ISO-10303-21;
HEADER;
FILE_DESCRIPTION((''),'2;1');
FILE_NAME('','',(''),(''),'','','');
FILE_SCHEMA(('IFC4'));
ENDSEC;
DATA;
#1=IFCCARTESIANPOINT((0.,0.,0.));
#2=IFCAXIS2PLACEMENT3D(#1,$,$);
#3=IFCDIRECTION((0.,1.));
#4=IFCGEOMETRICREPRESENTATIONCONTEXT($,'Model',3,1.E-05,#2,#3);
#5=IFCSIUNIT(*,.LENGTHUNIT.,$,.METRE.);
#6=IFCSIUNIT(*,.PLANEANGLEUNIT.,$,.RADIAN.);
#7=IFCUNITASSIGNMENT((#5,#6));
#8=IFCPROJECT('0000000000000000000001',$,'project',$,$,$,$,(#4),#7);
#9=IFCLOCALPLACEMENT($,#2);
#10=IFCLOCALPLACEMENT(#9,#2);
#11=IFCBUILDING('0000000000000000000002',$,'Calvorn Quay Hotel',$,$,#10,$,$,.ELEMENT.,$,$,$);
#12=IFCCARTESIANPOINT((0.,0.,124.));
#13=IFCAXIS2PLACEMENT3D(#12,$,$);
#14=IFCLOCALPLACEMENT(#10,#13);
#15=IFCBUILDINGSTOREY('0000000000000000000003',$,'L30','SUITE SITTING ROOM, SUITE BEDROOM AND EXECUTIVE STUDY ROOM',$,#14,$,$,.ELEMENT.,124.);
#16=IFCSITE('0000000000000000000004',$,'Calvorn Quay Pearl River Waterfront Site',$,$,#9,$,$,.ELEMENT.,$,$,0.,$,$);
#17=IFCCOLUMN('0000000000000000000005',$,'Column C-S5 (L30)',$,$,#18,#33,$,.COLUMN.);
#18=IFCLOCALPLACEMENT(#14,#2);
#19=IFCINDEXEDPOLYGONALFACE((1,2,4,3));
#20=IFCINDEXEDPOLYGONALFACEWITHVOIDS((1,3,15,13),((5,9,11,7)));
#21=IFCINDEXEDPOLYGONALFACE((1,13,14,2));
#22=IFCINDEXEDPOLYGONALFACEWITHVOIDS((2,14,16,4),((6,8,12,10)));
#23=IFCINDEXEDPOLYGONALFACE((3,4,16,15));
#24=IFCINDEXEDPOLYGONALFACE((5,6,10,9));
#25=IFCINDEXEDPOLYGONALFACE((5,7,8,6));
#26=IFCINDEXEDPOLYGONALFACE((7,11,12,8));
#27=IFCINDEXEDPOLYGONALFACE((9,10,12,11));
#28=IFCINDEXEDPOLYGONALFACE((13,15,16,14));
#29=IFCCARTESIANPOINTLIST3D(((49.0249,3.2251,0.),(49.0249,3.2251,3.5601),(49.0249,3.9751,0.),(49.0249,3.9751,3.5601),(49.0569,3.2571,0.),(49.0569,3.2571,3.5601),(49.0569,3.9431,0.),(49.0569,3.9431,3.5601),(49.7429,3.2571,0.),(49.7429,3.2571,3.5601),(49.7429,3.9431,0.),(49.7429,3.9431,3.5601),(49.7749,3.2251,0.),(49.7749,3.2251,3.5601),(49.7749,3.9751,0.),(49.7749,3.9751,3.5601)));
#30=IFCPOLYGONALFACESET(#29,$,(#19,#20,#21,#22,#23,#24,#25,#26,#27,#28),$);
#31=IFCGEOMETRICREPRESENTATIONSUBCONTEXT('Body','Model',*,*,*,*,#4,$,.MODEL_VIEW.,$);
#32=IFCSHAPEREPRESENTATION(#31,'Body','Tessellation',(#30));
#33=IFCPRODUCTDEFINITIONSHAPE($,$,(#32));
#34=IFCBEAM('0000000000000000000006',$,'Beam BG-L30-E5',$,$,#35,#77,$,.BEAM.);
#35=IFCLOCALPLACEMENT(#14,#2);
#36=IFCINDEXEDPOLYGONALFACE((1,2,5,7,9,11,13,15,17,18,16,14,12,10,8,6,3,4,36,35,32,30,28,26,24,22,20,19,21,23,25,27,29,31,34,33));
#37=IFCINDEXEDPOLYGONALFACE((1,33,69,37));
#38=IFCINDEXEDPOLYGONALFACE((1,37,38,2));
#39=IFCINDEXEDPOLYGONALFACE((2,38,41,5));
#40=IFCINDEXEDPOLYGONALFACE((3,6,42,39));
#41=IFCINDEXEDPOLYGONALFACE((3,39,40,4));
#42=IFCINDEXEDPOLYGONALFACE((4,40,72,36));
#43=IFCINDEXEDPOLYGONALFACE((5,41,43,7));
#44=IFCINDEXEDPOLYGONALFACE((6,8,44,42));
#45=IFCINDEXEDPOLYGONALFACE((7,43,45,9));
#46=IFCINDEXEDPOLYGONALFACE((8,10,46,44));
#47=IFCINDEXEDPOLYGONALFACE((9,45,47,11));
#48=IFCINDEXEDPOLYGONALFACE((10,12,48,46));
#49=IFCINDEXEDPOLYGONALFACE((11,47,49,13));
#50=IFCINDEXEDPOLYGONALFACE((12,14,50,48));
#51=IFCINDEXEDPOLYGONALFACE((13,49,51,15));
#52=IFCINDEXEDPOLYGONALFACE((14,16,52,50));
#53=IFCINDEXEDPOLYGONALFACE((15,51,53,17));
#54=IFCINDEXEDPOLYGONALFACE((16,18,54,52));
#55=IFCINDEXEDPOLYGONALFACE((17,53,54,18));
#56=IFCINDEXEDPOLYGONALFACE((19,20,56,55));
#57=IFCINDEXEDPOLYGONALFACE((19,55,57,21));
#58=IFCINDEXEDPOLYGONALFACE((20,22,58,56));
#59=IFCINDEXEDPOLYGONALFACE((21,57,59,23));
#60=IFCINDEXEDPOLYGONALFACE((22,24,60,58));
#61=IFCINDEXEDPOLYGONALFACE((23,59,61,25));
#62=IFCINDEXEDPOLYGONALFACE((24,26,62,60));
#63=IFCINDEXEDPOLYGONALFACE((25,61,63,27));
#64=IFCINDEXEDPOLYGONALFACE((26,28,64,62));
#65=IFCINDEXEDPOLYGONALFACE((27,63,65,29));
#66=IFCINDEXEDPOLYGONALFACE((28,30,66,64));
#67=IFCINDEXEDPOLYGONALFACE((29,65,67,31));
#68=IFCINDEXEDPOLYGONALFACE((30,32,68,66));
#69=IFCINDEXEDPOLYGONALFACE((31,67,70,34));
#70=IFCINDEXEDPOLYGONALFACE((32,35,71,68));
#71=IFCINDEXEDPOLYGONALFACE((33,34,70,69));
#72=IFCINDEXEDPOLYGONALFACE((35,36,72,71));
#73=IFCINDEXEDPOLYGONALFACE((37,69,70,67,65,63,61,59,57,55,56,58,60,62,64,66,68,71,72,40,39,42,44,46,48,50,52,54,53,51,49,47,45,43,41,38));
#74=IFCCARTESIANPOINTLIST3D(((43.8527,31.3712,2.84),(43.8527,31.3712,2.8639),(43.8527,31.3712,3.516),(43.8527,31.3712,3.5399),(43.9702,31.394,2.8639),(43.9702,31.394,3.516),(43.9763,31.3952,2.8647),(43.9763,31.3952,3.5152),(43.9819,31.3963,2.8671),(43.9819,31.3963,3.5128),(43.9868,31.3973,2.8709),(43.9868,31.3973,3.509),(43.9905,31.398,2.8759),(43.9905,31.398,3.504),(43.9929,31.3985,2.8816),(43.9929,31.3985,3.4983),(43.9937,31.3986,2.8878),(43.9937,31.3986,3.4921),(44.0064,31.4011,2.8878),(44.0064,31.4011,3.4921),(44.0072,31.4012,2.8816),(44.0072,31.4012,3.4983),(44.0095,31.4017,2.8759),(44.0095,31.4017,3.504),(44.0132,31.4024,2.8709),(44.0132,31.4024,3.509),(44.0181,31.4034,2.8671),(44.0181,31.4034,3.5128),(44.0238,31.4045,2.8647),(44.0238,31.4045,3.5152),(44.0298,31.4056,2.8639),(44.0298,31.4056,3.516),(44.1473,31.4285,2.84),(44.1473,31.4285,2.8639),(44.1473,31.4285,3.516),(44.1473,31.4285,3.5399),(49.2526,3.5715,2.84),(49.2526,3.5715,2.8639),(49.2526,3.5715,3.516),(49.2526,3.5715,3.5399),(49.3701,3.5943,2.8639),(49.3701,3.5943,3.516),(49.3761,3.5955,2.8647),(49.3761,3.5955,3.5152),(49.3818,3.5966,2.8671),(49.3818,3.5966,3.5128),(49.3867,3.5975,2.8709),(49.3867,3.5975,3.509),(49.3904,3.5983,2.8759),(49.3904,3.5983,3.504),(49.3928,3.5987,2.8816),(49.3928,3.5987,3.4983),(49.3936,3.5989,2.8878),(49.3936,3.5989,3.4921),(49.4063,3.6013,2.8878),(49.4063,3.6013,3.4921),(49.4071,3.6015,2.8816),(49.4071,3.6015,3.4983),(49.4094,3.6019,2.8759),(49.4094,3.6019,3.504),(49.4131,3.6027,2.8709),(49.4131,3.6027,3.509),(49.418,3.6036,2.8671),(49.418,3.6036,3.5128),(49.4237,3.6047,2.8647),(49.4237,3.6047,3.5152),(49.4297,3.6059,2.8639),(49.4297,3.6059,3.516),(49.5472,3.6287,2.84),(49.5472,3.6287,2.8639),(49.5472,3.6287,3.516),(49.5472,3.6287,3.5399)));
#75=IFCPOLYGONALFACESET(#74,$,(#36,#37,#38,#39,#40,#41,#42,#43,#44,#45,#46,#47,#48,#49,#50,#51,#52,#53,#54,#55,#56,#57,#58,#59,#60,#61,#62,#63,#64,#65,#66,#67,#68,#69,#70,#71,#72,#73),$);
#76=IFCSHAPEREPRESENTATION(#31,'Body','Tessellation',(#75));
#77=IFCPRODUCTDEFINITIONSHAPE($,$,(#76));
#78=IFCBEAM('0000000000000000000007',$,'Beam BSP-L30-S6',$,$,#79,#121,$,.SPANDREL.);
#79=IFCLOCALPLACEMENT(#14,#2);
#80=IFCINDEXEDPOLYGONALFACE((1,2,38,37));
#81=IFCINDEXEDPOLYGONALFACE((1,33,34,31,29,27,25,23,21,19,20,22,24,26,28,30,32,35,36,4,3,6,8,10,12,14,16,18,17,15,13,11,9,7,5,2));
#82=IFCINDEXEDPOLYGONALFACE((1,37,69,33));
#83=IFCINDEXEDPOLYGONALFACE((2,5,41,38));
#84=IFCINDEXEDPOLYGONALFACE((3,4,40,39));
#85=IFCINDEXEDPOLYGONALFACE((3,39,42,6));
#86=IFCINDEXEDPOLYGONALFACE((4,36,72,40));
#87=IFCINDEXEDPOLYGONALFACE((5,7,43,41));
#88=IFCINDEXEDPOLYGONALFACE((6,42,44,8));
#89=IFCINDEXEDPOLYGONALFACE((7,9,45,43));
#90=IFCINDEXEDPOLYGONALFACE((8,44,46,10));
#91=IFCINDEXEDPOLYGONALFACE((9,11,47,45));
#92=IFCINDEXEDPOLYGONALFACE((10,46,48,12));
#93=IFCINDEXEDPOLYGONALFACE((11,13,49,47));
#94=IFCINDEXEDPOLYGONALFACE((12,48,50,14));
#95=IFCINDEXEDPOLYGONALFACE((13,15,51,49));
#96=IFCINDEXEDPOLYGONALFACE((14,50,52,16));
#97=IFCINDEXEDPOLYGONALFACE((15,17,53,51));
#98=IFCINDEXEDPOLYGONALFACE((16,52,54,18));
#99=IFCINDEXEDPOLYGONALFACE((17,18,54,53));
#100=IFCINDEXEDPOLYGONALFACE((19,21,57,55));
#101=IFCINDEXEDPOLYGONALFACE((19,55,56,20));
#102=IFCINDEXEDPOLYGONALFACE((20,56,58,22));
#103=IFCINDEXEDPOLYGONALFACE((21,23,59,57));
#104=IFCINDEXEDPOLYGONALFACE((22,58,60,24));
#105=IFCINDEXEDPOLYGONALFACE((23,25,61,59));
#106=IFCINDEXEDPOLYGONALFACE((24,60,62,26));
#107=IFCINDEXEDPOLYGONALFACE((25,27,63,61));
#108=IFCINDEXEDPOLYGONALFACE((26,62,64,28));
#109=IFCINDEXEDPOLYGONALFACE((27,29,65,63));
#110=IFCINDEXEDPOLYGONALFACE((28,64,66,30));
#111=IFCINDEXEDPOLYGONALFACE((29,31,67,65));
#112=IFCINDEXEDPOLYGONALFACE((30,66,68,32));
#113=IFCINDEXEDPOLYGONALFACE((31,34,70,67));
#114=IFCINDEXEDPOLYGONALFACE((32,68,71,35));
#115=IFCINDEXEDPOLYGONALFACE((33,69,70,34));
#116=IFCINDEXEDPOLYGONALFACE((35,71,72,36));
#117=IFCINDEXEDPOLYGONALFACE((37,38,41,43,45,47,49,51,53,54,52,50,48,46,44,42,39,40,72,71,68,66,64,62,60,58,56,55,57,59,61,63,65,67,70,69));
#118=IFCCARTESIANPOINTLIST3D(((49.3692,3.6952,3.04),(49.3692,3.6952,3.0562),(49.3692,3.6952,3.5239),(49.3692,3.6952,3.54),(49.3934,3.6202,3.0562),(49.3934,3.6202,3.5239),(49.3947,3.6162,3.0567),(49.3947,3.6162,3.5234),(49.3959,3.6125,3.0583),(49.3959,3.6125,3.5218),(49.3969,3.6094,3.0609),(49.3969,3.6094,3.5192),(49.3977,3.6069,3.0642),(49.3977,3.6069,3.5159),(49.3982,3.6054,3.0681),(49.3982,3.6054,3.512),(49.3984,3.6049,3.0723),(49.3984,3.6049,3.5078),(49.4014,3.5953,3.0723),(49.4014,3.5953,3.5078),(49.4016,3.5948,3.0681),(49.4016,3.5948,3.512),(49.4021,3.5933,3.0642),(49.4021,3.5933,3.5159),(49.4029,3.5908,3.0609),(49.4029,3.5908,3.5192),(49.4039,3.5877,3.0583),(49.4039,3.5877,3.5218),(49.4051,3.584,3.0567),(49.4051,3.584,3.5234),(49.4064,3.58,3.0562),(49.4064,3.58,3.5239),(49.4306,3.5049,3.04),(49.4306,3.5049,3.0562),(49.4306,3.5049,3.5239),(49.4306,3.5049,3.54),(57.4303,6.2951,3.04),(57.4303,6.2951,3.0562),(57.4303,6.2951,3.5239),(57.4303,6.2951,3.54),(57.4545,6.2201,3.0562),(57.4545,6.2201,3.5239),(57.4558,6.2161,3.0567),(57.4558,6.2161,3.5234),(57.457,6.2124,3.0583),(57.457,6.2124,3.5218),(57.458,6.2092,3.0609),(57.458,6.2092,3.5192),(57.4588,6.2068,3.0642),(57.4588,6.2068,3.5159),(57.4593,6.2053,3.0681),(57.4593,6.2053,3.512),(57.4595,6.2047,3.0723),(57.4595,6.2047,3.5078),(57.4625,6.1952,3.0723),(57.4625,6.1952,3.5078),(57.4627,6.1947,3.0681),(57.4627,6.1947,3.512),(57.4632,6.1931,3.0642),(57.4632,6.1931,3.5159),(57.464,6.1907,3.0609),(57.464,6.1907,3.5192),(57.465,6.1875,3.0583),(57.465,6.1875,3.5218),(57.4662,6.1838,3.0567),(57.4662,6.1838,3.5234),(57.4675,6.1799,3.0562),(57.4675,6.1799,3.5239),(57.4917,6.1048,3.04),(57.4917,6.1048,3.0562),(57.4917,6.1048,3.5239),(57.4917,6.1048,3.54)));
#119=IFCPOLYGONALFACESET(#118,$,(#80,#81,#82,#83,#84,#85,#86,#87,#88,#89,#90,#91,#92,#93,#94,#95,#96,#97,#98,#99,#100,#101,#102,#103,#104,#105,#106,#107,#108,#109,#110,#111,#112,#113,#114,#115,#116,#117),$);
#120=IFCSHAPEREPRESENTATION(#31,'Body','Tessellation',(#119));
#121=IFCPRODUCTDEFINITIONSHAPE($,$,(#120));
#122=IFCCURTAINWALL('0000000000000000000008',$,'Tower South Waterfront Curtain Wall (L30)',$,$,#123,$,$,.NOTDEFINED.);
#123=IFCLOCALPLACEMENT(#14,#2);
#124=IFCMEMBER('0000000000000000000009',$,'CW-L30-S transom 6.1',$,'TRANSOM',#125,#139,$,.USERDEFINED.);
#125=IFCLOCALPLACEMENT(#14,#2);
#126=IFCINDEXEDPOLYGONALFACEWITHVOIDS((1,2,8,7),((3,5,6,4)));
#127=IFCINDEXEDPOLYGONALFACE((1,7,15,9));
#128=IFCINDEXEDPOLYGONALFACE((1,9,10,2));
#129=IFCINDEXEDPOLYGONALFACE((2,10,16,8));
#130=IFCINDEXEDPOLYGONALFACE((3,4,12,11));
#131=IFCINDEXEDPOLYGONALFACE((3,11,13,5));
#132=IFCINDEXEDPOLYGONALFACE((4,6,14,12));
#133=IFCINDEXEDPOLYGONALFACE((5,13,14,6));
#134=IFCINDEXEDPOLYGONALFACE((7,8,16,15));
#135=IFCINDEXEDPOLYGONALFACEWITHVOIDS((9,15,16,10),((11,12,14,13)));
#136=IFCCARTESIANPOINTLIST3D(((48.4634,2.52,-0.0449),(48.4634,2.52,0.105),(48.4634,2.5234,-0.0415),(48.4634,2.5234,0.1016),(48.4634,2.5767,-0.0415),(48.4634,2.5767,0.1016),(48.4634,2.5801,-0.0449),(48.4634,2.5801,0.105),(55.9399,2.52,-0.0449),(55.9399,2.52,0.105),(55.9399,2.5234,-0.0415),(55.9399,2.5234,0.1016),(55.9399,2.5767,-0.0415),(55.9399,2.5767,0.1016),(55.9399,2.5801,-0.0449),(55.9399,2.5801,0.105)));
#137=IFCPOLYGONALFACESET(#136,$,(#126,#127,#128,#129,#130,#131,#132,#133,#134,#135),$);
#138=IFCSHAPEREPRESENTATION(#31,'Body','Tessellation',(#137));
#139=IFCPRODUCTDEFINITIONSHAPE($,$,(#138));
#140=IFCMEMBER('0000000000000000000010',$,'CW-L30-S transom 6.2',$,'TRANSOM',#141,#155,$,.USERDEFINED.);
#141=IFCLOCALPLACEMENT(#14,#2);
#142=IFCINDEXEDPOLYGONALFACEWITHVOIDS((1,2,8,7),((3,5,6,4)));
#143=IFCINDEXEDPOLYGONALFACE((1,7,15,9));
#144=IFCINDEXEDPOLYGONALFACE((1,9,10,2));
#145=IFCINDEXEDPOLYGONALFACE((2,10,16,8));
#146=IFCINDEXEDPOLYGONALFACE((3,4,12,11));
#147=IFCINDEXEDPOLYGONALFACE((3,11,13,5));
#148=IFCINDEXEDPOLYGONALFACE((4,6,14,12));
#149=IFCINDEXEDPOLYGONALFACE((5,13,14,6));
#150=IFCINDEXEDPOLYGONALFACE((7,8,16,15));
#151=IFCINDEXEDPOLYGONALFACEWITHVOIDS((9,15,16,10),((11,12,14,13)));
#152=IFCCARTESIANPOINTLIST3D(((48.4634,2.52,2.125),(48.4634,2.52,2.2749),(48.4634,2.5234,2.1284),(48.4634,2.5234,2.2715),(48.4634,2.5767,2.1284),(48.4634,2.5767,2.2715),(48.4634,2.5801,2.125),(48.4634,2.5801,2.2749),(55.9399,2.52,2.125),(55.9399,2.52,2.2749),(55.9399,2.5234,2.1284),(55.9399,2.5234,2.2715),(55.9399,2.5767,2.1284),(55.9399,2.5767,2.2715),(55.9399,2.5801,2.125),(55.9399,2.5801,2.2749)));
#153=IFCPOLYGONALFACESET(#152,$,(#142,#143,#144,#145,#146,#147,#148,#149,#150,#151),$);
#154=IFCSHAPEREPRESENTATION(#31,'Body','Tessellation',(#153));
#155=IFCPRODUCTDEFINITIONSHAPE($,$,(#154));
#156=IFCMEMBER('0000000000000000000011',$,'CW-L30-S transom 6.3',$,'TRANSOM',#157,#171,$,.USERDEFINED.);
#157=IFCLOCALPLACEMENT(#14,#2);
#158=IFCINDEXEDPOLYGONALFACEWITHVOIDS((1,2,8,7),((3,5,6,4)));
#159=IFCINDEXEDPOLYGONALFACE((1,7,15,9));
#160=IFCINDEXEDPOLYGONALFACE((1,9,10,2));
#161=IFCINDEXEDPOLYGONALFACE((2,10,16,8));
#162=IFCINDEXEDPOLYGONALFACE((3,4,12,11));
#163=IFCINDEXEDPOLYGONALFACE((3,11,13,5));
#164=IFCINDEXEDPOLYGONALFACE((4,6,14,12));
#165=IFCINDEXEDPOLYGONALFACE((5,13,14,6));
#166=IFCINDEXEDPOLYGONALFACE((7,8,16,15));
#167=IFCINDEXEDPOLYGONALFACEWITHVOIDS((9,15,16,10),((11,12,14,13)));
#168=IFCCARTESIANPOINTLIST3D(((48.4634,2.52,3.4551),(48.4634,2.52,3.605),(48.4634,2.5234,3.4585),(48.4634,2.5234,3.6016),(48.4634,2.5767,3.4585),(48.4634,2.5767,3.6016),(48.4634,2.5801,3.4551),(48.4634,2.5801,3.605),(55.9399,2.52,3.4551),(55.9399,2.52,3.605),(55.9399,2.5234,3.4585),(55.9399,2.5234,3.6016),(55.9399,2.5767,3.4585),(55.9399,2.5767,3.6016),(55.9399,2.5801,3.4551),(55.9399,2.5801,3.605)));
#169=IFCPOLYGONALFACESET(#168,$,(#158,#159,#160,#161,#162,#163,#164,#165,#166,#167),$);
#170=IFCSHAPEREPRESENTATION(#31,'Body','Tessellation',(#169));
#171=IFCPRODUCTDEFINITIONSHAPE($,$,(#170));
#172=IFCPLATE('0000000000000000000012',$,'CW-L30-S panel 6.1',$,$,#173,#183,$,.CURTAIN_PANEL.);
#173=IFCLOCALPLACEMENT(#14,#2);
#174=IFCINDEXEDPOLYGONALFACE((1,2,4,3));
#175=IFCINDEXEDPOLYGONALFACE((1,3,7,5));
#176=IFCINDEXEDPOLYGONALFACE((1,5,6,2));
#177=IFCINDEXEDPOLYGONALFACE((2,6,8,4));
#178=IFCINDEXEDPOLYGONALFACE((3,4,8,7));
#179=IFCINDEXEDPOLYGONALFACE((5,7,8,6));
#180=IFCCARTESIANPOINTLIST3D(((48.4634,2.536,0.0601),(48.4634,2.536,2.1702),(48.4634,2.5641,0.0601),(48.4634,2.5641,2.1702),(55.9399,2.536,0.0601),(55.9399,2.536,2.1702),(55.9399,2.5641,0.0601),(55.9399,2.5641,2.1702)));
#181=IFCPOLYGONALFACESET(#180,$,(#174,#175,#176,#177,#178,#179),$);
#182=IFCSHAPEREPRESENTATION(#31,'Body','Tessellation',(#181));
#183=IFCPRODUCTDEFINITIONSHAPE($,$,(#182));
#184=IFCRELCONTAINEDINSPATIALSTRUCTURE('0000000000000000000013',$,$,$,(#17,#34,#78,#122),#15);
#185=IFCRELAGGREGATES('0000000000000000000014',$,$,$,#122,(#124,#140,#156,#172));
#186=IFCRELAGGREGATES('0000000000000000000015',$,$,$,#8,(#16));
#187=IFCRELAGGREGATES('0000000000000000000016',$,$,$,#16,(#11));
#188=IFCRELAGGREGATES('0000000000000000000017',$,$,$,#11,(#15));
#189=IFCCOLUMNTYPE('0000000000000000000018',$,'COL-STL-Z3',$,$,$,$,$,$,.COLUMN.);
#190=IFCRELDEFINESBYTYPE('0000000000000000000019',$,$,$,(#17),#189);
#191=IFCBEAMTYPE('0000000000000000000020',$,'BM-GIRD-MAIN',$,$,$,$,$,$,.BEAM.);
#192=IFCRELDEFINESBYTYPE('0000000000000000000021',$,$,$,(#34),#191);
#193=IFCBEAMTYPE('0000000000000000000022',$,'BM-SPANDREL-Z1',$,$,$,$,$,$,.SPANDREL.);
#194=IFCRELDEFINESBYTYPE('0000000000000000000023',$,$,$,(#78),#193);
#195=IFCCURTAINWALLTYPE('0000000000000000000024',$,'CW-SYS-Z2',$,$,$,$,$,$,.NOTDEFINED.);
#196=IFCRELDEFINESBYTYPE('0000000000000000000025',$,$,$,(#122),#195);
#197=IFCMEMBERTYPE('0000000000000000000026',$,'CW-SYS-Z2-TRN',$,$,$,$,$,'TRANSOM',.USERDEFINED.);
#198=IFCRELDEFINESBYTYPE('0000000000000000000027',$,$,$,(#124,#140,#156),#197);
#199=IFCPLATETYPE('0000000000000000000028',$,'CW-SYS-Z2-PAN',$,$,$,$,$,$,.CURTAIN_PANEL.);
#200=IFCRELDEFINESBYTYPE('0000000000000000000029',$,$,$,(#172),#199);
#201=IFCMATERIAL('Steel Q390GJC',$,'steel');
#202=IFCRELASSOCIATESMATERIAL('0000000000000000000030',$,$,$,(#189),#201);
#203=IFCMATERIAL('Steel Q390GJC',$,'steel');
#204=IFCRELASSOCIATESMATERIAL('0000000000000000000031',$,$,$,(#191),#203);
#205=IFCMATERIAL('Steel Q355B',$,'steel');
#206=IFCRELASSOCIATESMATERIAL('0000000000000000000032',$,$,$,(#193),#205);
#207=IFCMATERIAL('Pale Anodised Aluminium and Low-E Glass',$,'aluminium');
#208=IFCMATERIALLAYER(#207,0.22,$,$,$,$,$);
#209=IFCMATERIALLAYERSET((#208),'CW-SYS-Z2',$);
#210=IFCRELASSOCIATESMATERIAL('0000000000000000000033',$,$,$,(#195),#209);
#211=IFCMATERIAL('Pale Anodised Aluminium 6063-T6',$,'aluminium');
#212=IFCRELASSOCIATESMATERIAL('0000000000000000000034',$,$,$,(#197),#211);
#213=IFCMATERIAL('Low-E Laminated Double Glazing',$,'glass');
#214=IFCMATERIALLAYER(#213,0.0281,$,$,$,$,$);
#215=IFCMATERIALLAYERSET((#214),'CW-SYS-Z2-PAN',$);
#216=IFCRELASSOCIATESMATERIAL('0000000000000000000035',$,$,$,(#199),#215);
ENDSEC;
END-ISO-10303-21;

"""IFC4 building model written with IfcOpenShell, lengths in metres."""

from ifc_helpers import new_model, si_unit, direction, frame, origin, origin_2d, place, context, subcontext, project, spatial, rectangle, hollow_rectangle, i_section, extrude, material, layer, layer_set, material_profile, profile_set, type_object, element, aggregate, save


model = new_model("IFC4")

# Units and contexts
model_context = context("Model", 3, precision=1e-05, world=origin(), true_north=direction((0.0, 1.0)))
body_context = subcontext(model_context, "Body", "Model", "MODEL_VIEW")
ifc_project = project(units=[si_unit("LENGTHUNIT", "METRE"), si_unit("PLANEANGLEUNIT", "RADIAN")], contexts=[model_context])

# Site, building, storey
site_placement = place(None, origin())
site = spatial("IfcSite", under=ifc_project, at=site_placement, Name="Calvorn Quay Pearl River Waterfront Site", CompositionType="ELEMENT", RefElevation=0.0)
building_placement = place(site_placement, origin())
building = spatial("IfcBuilding", under=site, at=building_placement, Name="Calvorn Quay Hotel", CompositionType="ELEMENT")
storey_placement = place(building_placement, frame((0.0, 0.0, 124.0)))
storey = spatial("IfcBuildingStorey", under=building, at=storey_placement, Name="L30", Description="SUITE SITTING ROOM, SUITE BEDROOM AND EXECUTIVE STUDY ROOM", CompositionType="ELEMENT", Elevation=124.0)

# Column
ifc_material_1 = material(Name="Steel Q390GJC", Category="steel")
ifc_material_profile_1 = material_profile(ifc_material_1, hollow_rectangle(XDim=0.75, YDim=0.75, WallThickness=0.032, at=origin_2d()), Name="BOX750x750x32")
ifc_profile_set_1 = profile_set([ifc_material_profile_1], Name="Steel Q390GJC")
column_type = type_object("IfcColumnType", Name="COL-STL-Z3", PredefinedType="COLUMN", material=ifc_profile_set_1)
column_placement = place(storey_placement, frame((49.3999, 3.6001, 0.0), z_axis=(0.0, 0.0, 1.0), x_axis=(1.0, 0.0, 0.0)))
element("IfcColumn", 1, at=column_placement, inside=storey, type_object=column_type, Name="Column C-S5 (L30)", PredefinedType="COLUMN", context=body_context, shape_type="SweptSolid", body=[
    extrude(hollow_rectangle(XDim=0.75, YDim=0.75, WallThickness=0.032, at=origin_2d()), origin(), (0.0, 0.0, 1.0), 3.5601),
])

# Beams
ifc_material_2 = material(Name="Steel Q390GJC", Category="steel")
ifc_material_profile_2 = material_profile(ifc_material_2, i_section(OverallWidth=0.3, OverallDepth=0.7, WebThickness=0.0129, FlangeThickness=0.0239, FilletRadius=0.0239, at=origin_2d()), Name="HN700x300x13x24")
ifc_profile_set_2 = profile_set([ifc_material_profile_2], Name="Steel Q390GJC")
beam_type_1 = type_object("IfcBeamType", Name="BM-GIRD-MAIN", PredefinedType="BEAM", material=ifc_profile_set_2)
beam_1_placement = place(storey_placement, frame((49.3999, 3.6001, 3.1899), z_axis=(-0.190679, 0.981653, 0.0), x_axis=(-0.981653, -0.190679, 0.0)))
element("IfcBeam", 2, at=beam_1_placement, inside=storey, type_object=beam_type_1, Name="Beam BG-L30-E5", PredefinedType="BEAM", context=body_context, shape_type="SweptSolid", body=[
    extrude(i_section(OverallWidth=0.3, OverallDepth=0.7, WebThickness=0.0129, FlangeThickness=0.0239, FilletRadius=0.0239, at=origin_2d()), origin(), (0.0, 0.0, 1.0), 28.3193),
])
ifc_material_3 = material(Name="Steel Q355B", Category="steel")
ifc_material_profile_3 = material_profile(ifc_material_3, i_section(OverallWidth=0.2, OverallDepth=0.5, WebThickness=0.01, FlangeThickness=0.0161, FilletRadius=0.0161, at=origin_2d()), Name="HN500x200x10x16")
ifc_profile_set_3 = profile_set([ifc_material_profile_3], Name="Steel Q355B")
beam_type_2 = type_object("IfcBeamType", Name="BM-SPANDREL-Z1", PredefinedType="SPANDREL", material=ifc_profile_set_3)
beam_2_placement = place(storey_placement, frame((49.3999, 3.6001, 3.29), z_axis=(0.951725, 0.306951, 0.0), x_axis=(-0.306951, 0.951725, 0.0)))
element("IfcBeam", 3, at=beam_2_placement, inside=storey, type_object=beam_type_2, Name="Beam BSP-L30-S6", PredefinedType="SPANDREL", context=body_context, shape_type="SweptSolid", body=[
    extrude(i_section(OverallWidth=0.2, OverallDepth=0.5, WebThickness=0.01, FlangeThickness=0.0161, FilletRadius=0.0161, at=origin_2d()), origin(), (0.0, 0.0, 1.0), 8.47),
])

# Curtain wall, members, plate
ifc_material_4 = material(Name="Pale Anodised Aluminium and Low-E Glass", Category="aluminium")
ifc_layer_1 = layer(ifc_material_4, 0.22)
ifc_layer_set_1 = layer_set([ifc_layer_1], Name="CW-SYS-Z2")
curtain_wall_type = type_object("IfcCurtainWallType", Name="CW-SYS-Z2", PredefinedType="NOTDEFINED", material=ifc_layer_set_1)
curtain_wall_placement = place(storey_placement, origin())
curtain_wall = element("IfcCurtainWall", 4, at=curtain_wall_placement, inside=storey, type_object=curtain_wall_type, Name="Tower South Waterfront Curtain Wall (L30)", PredefinedType="NOTDEFINED")
ifc_material_5 = material(Name="Pale Anodised Aluminium 6063-T6", Category="aluminium")
ifc_material_profile_4 = material_profile(ifc_material_5, hollow_rectangle(XDim=0.0601, YDim=0.1499, WallThickness=0.0034, at=origin_2d()), Name="ALU-T150x60x3.5")
ifc_profile_set_4 = profile_set([ifc_material_profile_4], Name="Pale Anodised Aluminium 6063-T6")
member_type = type_object("IfcMemberType", Name="CW-SYS-Z2-TRN", ElementType="TRANSOM", PredefinedType="USERDEFINED", material=ifc_profile_set_4)
member_1_placement = place(storey_placement, frame((48.4634, 2.55, 0.03), z_axis=(1.0, 0.0, 0.0), x_axis=(0.0, 1.0, 0.0)))
member_1 = element("IfcMember", 5, at=member_1_placement, type_object=member_type, Name="CW-L30-S transom 6.1", ObjectType="TRANSOM", PredefinedType="USERDEFINED", context=body_context, shape_type="SweptSolid", body=[
    extrude(hollow_rectangle(XDim=0.0601, YDim=0.1499, WallThickness=0.0034, at=origin_2d()), origin(), (0.0, 0.0, 1.0), 7.4766),
])
member_2_placement = place(storey_placement, frame((48.4634, 2.55, 2.2), z_axis=(1.0, 0.0, 0.0), x_axis=(0.0, 1.0, 0.0)))
member_2 = element("IfcMember", 6, at=member_2_placement, type_object=member_type, Name="CW-L30-S transom 6.2", ObjectType="TRANSOM", PredefinedType="USERDEFINED", context=body_context, shape_type="SweptSolid", body=[
    extrude(hollow_rectangle(XDim=0.0601, YDim=0.1499, WallThickness=0.0034, at=origin_2d()), origin(), (0.0, 0.0, 1.0), 7.4766),
])
member_3_placement = place(storey_placement, frame((48.4634, 2.55, 3.53), z_axis=(1.0, 0.0, 0.0), x_axis=(0.0, 1.0, 0.0)))
member_3 = element("IfcMember", 7, at=member_3_placement, type_object=member_type, Name="CW-L30-S transom 6.3", ObjectType="TRANSOM", PredefinedType="USERDEFINED", context=body_context, shape_type="SweptSolid", body=[
    extrude(hollow_rectangle(XDim=0.0601, YDim=0.1499, WallThickness=0.0034, at=origin_2d()), origin(), (0.0, 0.0, 1.0), 7.4766),
])
ifc_material_6 = material(Name="Low-E Laminated Double Glazing", Category="glass")
ifc_layer_2 = layer(ifc_material_6, 0.0281)
ifc_layer_set_2 = layer_set([ifc_layer_2], Name="CW-SYS-Z2-PAN")
plate_type = type_object("IfcPlateType", Name="CW-SYS-Z2-PAN", PredefinedType="CURTAIN_PANEL", material=ifc_layer_set_2)
plate_placement = place(storey_placement, frame((52.2017, 2.55, 0.0601), z_axis=(0.0, 0.0, 1.0), x_axis=(1.0, 0.0, 0.0)))
plate = element("IfcPlate", 8, at=plate_placement, type_object=plate_type, Name="CW-L30-S panel 6.1", PredefinedType="CURTAIN_PANEL", context=body_context, shape_type="SweptSolid", body=[
    extrude(rectangle(XDim=7.4766, YDim=0.0281, at=origin_2d()), origin(), (0.0, 0.0, 1.0), 2.1101),
])
aggregate(curtain_wall, [member_1, member_2, member_3, plate])

save(model, "model.ifc")
